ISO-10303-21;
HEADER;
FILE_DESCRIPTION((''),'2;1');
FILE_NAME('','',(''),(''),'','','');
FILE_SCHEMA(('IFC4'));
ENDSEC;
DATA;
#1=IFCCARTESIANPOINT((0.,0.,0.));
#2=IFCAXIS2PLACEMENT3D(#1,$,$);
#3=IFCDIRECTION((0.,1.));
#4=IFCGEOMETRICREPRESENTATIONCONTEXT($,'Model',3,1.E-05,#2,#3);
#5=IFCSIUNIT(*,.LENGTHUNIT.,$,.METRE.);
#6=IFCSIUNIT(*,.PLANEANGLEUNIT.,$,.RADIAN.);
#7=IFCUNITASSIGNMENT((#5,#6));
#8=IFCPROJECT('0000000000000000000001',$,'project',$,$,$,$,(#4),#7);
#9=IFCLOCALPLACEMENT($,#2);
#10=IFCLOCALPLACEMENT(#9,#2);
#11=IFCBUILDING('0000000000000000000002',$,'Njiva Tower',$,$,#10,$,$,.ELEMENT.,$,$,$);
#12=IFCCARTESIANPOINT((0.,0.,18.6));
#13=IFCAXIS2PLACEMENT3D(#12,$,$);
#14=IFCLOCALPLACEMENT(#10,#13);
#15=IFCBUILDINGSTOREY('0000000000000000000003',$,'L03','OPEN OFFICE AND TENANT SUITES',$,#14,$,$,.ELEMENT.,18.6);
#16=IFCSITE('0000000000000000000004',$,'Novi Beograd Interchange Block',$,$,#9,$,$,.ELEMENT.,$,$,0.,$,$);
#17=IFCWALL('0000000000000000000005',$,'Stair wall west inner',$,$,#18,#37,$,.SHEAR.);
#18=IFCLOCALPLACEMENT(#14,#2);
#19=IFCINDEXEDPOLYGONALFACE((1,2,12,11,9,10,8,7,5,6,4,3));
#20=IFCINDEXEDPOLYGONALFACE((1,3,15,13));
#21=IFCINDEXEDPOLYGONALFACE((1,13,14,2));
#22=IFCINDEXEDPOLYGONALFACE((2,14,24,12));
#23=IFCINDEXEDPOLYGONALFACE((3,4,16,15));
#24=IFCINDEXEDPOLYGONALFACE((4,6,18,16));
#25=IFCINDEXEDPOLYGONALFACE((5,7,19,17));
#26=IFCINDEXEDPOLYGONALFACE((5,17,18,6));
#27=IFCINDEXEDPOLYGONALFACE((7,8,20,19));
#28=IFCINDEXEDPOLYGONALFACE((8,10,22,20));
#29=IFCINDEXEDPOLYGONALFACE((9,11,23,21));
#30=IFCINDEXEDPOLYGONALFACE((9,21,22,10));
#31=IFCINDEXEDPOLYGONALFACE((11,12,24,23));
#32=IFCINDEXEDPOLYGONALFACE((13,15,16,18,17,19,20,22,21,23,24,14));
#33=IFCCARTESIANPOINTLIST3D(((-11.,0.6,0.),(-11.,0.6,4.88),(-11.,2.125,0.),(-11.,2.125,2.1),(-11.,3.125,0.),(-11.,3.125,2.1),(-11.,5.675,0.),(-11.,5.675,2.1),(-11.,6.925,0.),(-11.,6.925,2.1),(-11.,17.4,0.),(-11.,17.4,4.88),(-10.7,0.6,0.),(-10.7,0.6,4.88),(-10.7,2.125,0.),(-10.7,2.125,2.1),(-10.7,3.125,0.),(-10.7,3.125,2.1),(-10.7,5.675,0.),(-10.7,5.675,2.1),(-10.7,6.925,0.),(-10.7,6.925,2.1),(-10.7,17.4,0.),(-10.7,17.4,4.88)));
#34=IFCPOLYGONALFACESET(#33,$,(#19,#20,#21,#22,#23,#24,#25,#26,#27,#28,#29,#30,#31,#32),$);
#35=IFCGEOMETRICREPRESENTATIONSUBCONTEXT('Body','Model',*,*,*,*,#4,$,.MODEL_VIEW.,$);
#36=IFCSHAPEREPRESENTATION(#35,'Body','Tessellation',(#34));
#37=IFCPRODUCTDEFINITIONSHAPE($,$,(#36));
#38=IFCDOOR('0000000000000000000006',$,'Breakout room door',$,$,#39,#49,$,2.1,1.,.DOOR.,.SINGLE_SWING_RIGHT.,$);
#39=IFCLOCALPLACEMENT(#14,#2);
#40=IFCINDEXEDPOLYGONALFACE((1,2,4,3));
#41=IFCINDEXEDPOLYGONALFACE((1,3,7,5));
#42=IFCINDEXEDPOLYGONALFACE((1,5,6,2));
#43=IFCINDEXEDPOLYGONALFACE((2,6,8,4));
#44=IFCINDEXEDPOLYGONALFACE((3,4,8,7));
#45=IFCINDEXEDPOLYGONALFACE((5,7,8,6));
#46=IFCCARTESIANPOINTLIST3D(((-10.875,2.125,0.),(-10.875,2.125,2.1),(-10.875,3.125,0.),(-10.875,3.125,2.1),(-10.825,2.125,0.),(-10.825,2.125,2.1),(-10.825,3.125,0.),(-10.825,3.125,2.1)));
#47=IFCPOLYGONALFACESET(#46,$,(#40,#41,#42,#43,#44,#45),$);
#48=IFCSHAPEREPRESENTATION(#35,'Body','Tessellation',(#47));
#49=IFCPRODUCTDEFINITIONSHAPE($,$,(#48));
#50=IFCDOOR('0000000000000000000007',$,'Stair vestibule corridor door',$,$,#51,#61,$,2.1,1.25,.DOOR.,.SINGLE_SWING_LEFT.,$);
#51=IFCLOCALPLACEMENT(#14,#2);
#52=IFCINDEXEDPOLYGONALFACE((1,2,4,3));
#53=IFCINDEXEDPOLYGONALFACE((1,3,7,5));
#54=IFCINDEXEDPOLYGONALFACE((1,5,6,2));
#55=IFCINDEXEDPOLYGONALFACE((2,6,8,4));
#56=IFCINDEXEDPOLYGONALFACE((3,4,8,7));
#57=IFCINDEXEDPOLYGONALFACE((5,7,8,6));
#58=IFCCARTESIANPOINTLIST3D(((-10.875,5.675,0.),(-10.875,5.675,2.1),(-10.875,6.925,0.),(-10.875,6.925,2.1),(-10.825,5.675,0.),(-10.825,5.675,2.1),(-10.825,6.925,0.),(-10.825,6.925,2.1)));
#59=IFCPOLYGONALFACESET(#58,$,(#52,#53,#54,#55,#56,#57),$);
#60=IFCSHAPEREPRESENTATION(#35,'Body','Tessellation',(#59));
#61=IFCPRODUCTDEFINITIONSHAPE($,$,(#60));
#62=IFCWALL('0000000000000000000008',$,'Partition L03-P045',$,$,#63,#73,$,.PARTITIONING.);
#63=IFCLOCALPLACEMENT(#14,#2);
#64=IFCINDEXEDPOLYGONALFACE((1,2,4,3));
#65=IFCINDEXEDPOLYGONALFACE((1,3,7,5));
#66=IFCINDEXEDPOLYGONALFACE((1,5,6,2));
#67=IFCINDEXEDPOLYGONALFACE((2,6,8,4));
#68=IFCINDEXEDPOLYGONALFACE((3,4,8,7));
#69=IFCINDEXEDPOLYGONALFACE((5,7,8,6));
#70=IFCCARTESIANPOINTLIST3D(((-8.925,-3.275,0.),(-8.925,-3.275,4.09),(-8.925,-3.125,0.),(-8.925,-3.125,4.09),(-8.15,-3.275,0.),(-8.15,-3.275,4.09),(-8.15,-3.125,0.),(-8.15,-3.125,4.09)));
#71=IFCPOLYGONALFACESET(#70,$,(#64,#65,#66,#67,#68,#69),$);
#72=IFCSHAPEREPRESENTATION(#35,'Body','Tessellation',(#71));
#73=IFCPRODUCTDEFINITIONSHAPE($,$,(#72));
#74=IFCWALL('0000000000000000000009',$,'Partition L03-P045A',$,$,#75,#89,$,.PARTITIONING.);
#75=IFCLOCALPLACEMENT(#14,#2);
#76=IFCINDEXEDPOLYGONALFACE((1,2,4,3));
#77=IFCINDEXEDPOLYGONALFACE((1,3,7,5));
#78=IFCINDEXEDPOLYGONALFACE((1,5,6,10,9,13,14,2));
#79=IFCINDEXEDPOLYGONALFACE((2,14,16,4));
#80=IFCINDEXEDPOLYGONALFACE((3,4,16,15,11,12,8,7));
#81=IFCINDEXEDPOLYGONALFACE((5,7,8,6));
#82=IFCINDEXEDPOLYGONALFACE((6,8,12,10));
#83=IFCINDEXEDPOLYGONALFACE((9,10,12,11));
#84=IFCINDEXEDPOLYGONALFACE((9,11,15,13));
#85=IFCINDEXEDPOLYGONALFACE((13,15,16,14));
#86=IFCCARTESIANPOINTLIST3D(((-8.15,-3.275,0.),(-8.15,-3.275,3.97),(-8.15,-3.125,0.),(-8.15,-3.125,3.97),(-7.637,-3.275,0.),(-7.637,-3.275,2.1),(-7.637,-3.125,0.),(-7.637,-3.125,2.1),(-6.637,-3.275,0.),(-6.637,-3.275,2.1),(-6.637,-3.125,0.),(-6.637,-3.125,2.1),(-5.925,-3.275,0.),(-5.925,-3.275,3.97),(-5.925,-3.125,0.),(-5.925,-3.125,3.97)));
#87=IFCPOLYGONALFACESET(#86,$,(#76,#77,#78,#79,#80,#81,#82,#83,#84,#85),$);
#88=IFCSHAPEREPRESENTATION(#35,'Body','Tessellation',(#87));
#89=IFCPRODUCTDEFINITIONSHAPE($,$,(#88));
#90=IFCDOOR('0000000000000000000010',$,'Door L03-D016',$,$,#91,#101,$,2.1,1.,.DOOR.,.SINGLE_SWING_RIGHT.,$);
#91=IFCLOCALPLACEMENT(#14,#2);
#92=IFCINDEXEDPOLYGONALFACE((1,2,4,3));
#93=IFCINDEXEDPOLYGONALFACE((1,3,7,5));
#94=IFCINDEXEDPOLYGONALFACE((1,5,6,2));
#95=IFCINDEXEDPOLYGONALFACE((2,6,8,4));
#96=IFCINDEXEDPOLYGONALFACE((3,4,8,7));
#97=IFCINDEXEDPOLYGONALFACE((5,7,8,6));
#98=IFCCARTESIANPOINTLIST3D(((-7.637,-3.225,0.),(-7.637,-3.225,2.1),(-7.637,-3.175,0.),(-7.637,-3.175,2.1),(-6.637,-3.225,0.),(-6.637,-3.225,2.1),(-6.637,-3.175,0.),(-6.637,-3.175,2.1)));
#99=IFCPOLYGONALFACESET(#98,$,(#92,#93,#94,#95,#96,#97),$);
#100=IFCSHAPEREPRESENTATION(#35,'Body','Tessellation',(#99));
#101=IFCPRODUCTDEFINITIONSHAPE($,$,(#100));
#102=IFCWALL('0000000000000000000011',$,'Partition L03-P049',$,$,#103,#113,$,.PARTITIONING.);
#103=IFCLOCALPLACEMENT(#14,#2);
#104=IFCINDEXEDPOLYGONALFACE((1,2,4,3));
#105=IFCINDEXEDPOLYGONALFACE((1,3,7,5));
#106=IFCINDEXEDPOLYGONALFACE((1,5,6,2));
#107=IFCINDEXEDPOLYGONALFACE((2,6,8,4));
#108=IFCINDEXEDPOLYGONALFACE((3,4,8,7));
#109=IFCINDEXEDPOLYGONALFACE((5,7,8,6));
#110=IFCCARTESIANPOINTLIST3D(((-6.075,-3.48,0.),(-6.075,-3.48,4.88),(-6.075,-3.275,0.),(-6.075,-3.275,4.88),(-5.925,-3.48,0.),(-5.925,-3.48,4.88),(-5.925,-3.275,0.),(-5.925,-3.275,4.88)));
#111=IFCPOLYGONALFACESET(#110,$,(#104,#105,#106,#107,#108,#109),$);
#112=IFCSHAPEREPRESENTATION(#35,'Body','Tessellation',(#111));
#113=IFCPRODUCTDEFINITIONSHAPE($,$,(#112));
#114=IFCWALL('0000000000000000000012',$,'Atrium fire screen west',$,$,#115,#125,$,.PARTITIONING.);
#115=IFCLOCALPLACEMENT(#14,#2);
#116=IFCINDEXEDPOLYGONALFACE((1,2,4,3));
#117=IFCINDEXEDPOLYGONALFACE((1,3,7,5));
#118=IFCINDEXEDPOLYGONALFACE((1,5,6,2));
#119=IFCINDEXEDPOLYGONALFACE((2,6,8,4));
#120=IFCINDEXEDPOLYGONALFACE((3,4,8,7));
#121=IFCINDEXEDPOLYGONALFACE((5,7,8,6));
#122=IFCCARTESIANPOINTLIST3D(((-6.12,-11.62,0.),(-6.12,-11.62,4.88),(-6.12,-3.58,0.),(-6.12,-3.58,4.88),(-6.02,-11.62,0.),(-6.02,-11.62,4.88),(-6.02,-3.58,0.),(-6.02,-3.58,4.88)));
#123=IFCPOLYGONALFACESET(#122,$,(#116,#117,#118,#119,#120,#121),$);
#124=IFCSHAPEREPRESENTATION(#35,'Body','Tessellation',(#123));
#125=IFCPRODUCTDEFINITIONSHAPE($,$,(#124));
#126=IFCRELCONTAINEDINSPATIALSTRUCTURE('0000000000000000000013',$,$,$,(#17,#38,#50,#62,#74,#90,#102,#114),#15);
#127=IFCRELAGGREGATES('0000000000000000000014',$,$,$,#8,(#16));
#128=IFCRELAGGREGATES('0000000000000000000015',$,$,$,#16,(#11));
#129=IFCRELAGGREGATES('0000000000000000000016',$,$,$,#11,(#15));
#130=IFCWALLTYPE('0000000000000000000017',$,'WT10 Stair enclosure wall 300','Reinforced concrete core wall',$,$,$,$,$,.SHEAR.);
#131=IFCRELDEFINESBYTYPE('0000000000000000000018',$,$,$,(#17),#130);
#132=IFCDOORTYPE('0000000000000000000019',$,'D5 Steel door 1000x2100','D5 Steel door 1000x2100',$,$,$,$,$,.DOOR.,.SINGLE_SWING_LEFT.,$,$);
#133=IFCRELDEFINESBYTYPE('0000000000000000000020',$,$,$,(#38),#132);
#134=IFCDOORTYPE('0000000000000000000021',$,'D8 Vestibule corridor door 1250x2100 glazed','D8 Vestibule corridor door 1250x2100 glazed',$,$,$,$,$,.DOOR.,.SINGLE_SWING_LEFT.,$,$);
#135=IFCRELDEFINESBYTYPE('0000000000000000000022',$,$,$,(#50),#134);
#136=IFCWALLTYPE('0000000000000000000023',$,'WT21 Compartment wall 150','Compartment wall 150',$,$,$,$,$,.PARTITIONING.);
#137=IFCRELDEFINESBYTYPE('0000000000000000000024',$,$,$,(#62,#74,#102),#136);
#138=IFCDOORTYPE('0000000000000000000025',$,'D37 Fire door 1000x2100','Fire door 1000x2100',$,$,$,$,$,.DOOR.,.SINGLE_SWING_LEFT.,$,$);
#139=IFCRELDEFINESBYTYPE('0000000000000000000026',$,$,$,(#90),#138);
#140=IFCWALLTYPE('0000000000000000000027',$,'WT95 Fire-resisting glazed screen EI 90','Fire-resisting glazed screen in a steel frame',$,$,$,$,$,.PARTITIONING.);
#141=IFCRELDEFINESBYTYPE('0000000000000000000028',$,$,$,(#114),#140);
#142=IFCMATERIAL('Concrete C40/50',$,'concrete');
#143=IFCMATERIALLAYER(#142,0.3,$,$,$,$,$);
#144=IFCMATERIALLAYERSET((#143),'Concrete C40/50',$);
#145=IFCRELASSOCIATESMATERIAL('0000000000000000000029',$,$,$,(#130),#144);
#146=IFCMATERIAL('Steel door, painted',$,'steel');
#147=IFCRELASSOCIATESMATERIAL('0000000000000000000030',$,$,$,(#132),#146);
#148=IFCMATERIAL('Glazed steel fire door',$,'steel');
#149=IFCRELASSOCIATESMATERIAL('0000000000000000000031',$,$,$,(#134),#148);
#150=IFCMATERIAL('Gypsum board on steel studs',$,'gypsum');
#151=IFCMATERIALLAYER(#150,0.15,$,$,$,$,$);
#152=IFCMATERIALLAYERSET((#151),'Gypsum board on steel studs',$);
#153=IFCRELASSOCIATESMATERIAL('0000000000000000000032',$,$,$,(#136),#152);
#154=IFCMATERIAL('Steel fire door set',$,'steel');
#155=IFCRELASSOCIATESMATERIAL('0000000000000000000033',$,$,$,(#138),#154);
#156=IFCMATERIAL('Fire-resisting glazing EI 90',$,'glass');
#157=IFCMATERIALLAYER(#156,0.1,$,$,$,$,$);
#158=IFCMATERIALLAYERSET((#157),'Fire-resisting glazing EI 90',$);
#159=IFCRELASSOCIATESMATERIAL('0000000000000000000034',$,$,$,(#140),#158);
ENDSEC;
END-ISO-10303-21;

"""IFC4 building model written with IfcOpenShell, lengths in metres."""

from ifc_helpers import new_model, si_unit, direction, frame, frame_2d, origin, place, context, subcontext, project, spatial, rectangle, extrude, material, layer, layer_set, type_object, element, fill, save


model = new_model("IFC4")

# Units and contexts
model_context = context("Model", 3, precision=1e-05, world=origin(), true_north=direction((0.0, 1.0)))
body_context = subcontext(model_context, "Body", "Model", "MODEL_VIEW")
ifc_project = project(units=[si_unit("LENGTHUNIT", "METRE"), si_unit("PLANEANGLEUNIT", "RADIAN")], contexts=[model_context])

# Site, building, storey
site_placement = place(None, origin())
site = spatial("IfcSite", under=ifc_project, at=site_placement, Name="Novi Beograd Interchange Block", CompositionType="ELEMENT", RefElevation=0.0)
building_placement = place(site_placement, origin())
building = spatial("IfcBuilding", under=site, at=building_placement, Name="Njiva Tower", CompositionType="ELEMENT")
storey_placement = place(building_placement, frame((0.0, 0.0, 18.6)))
storey = spatial("IfcBuildingStorey", under=building, at=storey_placement, Name="L03", Description="OPEN OFFICE AND TENANT SUITES", CompositionType="ELEMENT", Elevation=18.6)

# Shared definitions
ifc_material_1 = material(Name="Concrete C40/50", Category="concrete")

# Wall, openings, doors
ifc_layer_1 = layer(ifc_material_1, 0.3)
ifc_layer_set_1 = layer_set([ifc_layer_1], Name="Concrete C40/50")
wall_type_1 = type_object("IfcWallType", Name="WT10 Stair enclosure wall 300", Description="Reinforced concrete core wall", PredefinedType="SHEAR", material=ifc_layer_set_1)
wall_1_placement = place(storey_placement, frame((-10.85, 0.6, 0.0), z_axis=(0.0, 0.0, 1.0), x_axis=(0.0, 1.0, 0.0)))
wall_1 = element("IfcWall", 1, at=wall_1_placement, inside=storey, type_object=wall_type_1, Name="Stair wall west inner", PredefinedType="SHEAR", context=body_context, shape_type="SweptSolid", body=[
    extrude(rectangle(XDim=16.8, YDim=0.3, at=frame_2d((8.4, 0.0))), origin(), (0.0, 0.0, 1.0), 4.88),
])
opening_1_placement = place(wall_1_placement, frame((5.075, 0.0, 0.0)))
opening_1 = element("IfcOpeningElement", 2, at=opening_1_placement, cuts=wall_1, PredefinedType="OPENING", context=body_context, shape_type="SweptSolid", body=[
    extrude(rectangle(XDim=1.25, YDim=2.1, at=frame_2d((0.625, 1.05))), frame((0.0, 0.16, 0.0), z_axis=(0.0, -1.0, 0.0), x_axis=(1.0, 0.0, 0.0)), (0.0, 0.0, 1.0), 0.32),
])
opening_2_placement = place(wall_1_placement, frame((1.525, 0.0, 0.0)))
opening_2 = element("IfcOpeningElement", 3, at=opening_2_placement, cuts=wall_1, PredefinedType="OPENING", context=body_context, shape_type="SweptSolid", body=[
    extrude(rectangle(XDim=1.0, YDim=2.1, at=frame_2d((0.5, 1.05))), frame((0.0, 0.16, 0.0), z_axis=(0.0, -1.0, 0.0), x_axis=(1.0, 0.0, 0.0)), (0.0, 0.0, 1.0), 0.32),
])
ifc_material_2 = material(Name="Steel door, painted", Category="steel")
door_type_1 = type_object("IfcDoorType", Name="D5 Steel door 1000x2100", Description="D5 Steel door 1000x2100", OperationType="SINGLE_SWING_LEFT", PredefinedType="DOOR", material=ifc_material_2)
door_1_placement = place(opening_2_placement, origin())
door_1 = element("IfcDoor", 4, at=door_1_placement, inside=storey, type_object=door_type_1, Name="Breakout room door", OperationType="SINGLE_SWING_RIGHT", OverallHeight=2.1, OverallWidth=1.0, PredefinedType="DOOR", context=body_context, shape_type="SweptSolid", body=[
    extrude(rectangle(XDim=1.0, YDim=2.1, at=frame_2d((0.5, 1.05))), frame((0.0, 0.025, 0.0), z_axis=(0.0, -1.0, 0.0), x_axis=(1.0, 0.0, 0.0)), (0.0, 0.0, 1.0), 0.05),
])
fill(opening_2, door_1)
ifc_material_3 = material(Name="Glazed steel fire door", Category="steel")
door_type_2 = type_object("IfcDoorType", Name="D8 Vestibule corridor door 1250x2100 glazed", Description="D8 Vestibule corridor door 1250x2100 glazed", OperationType="SINGLE_SWING_LEFT", PredefinedType="DOOR", material=ifc_material_3)
door_2_placement = place(opening_1_placement, origin())
door_2 = element("IfcDoor", 5, at=door_2_placement, inside=storey, type_object=door_type_2, Name="Stair vestibule corridor door", OperationType="SINGLE_SWING_LEFT", OverallHeight=2.1, OverallWidth=1.25, PredefinedType="DOOR", context=body_context, shape_type="SweptSolid", body=[
    extrude(rectangle(XDim=1.25, YDim=2.1, at=frame_2d((0.625, 1.05))), frame((0.0, 0.025, 0.0), z_axis=(0.0, -1.0, 0.0), x_axis=(1.0, 0.0, 0.0)), (0.0, 0.0, 1.0), 0.05),
])
fill(opening_1, door_2)

# Wall
ifc_material_4 = material(Name="Gypsum board on steel studs", Category="gypsum")
ifc_layer_2 = layer(ifc_material_4, 0.15)
ifc_layer_set_2 = layer_set([ifc_layer_2], Name="Gypsum board on steel studs")
wall_type_2 = type_object("IfcWallType", Name="WT21 Compartment wall 150", Description="Compartment wall 150", PredefinedType="PARTITIONING", material=ifc_layer_set_2)
wall_2_placement = place(storey_placement, frame((-8.925, -3.2, 0.0), z_axis=(0.0, 0.0, 1.0), x_axis=(1.0, 0.0, 0.0)))
element("IfcWall", 6, at=wall_2_placement, inside=storey, type_object=wall_type_2, Name="Partition L03-P045", PredefinedType="PARTITIONING", context=body_context, shape_type="SweptSolid", body=[
    extrude(rectangle(XDim=0.775, YDim=0.15, at=frame_2d((0.3875, 0.0))), origin(), (0.0, 0.0, 1.0), 4.09),
])

# Wall, opening, door
wall_3_placement = place(storey_placement, frame((-8.15, -3.2, 0.0), z_axis=(0.0, 0.0, 1.0), x_axis=(1.0, 0.0, 0.0)))
wall_3 = element("IfcWall", 7, at=wall_3_placement, inside=storey, type_object=wall_type_2, Name="Partition L03-P045A", PredefinedType="PARTITIONING", context=body_context, shape_type="SweptSolid", body=[
    extrude(rectangle(XDim=2.225, YDim=0.15, at=frame_2d((1.1125, 0.0))), origin(), (0.0, 0.0, 1.0), 3.97),
])
opening_3_placement = place(wall_3_placement, frame((0.513, 0.0, 0.0)))
opening_3 = element("IfcOpeningElement", 8, at=opening_3_placement, cuts=wall_3, PredefinedType="OPENING", context=body_context, shape_type="SweptSolid", body=[
    extrude(rectangle(XDim=1.0, YDim=2.1, at=frame_2d((0.5, 1.05))), frame((0.0, 0.085, 0.0), z_axis=(0.0, -1.0, 0.0), x_axis=(1.0, 0.0, 0.0)), (0.0, 0.0, 1.0), 0.17),
])
ifc_material_5 = material(Name="Steel fire door set", Category="steel")
door_type_3 = type_object("IfcDoorType", Name="D37 Fire door 1000x2100", Description="Fire door 1000x2100", OperationType="SINGLE_SWING_LEFT", PredefinedType="DOOR", material=ifc_material_5)
door_3_placement = place(opening_3_placement, origin())
door_3 = element("IfcDoor", 9, at=door_3_placement, inside=storey, type_object=door_type_3, Name="Door L03-D016", OperationType="SINGLE_SWING_RIGHT", OverallHeight=2.1, OverallWidth=1.0, PredefinedType="DOOR", context=body_context, shape_type="SweptSolid", body=[
    extrude(rectangle(XDim=1.0, YDim=2.1, at=frame_2d((0.5, 1.05))), frame((0.0, 0.025, 0.0), z_axis=(0.0, -1.0, 0.0), x_axis=(1.0, 0.0, 0.0)), (0.0, 0.0, 1.0), 0.05),
])
fill(opening_3, door_3)

# Walls
wall_4_placement = place(storey_placement, frame((-6.0, -3.48, 0.0), z_axis=(0.0, 0.0, 1.0), x_axis=(0.0, 1.0, 0.0)))
element("IfcWall", 10, at=wall_4_placement, inside=storey, type_object=wall_type_2, Name="Partition L03-P049", PredefinedType="PARTITIONING", context=body_context, shape_type="SweptSolid", body=[
    extrude(rectangle(XDim=0.205, YDim=0.15, at=frame_2d((0.1025, 0.0))), origin(), (0.0, 0.0, 1.0), 4.88),
])
ifc_material_6 = material(Name="Fire-resisting glazing EI 90", Category="glass")
ifc_layer_3 = layer(ifc_material_6, 0.1)
ifc_layer_set_3 = layer_set([ifc_layer_3], Name="Fire-resisting glazing EI 90")
wall_type_3 = type_object("IfcWallType", Name="WT95 Fire-resisting glazed screen EI 90", Description="Fire-resisting glazed screen in a steel frame", PredefinedType="PARTITIONING", material=ifc_layer_set_3)
wall_5_placement = place(storey_placement, frame((-6.07, -3.58, 0.0), z_axis=(0.0, 0.0, 1.0), x_axis=(0.0, -1.0, 0.0)))
element("IfcWall", 11, at=wall_5_placement, inside=storey, type_object=wall_type_3, Name="Atrium fire screen west", PredefinedType="PARTITIONING", context=body_context, shape_type="SweptSolid", body=[
    extrude(rectangle(XDim=8.04, YDim=0.1, at=frame_2d((4.02, 0.0))), origin(), (0.0, 0.0, 1.0), 4.88),
])

save(model, "model.ifc")
